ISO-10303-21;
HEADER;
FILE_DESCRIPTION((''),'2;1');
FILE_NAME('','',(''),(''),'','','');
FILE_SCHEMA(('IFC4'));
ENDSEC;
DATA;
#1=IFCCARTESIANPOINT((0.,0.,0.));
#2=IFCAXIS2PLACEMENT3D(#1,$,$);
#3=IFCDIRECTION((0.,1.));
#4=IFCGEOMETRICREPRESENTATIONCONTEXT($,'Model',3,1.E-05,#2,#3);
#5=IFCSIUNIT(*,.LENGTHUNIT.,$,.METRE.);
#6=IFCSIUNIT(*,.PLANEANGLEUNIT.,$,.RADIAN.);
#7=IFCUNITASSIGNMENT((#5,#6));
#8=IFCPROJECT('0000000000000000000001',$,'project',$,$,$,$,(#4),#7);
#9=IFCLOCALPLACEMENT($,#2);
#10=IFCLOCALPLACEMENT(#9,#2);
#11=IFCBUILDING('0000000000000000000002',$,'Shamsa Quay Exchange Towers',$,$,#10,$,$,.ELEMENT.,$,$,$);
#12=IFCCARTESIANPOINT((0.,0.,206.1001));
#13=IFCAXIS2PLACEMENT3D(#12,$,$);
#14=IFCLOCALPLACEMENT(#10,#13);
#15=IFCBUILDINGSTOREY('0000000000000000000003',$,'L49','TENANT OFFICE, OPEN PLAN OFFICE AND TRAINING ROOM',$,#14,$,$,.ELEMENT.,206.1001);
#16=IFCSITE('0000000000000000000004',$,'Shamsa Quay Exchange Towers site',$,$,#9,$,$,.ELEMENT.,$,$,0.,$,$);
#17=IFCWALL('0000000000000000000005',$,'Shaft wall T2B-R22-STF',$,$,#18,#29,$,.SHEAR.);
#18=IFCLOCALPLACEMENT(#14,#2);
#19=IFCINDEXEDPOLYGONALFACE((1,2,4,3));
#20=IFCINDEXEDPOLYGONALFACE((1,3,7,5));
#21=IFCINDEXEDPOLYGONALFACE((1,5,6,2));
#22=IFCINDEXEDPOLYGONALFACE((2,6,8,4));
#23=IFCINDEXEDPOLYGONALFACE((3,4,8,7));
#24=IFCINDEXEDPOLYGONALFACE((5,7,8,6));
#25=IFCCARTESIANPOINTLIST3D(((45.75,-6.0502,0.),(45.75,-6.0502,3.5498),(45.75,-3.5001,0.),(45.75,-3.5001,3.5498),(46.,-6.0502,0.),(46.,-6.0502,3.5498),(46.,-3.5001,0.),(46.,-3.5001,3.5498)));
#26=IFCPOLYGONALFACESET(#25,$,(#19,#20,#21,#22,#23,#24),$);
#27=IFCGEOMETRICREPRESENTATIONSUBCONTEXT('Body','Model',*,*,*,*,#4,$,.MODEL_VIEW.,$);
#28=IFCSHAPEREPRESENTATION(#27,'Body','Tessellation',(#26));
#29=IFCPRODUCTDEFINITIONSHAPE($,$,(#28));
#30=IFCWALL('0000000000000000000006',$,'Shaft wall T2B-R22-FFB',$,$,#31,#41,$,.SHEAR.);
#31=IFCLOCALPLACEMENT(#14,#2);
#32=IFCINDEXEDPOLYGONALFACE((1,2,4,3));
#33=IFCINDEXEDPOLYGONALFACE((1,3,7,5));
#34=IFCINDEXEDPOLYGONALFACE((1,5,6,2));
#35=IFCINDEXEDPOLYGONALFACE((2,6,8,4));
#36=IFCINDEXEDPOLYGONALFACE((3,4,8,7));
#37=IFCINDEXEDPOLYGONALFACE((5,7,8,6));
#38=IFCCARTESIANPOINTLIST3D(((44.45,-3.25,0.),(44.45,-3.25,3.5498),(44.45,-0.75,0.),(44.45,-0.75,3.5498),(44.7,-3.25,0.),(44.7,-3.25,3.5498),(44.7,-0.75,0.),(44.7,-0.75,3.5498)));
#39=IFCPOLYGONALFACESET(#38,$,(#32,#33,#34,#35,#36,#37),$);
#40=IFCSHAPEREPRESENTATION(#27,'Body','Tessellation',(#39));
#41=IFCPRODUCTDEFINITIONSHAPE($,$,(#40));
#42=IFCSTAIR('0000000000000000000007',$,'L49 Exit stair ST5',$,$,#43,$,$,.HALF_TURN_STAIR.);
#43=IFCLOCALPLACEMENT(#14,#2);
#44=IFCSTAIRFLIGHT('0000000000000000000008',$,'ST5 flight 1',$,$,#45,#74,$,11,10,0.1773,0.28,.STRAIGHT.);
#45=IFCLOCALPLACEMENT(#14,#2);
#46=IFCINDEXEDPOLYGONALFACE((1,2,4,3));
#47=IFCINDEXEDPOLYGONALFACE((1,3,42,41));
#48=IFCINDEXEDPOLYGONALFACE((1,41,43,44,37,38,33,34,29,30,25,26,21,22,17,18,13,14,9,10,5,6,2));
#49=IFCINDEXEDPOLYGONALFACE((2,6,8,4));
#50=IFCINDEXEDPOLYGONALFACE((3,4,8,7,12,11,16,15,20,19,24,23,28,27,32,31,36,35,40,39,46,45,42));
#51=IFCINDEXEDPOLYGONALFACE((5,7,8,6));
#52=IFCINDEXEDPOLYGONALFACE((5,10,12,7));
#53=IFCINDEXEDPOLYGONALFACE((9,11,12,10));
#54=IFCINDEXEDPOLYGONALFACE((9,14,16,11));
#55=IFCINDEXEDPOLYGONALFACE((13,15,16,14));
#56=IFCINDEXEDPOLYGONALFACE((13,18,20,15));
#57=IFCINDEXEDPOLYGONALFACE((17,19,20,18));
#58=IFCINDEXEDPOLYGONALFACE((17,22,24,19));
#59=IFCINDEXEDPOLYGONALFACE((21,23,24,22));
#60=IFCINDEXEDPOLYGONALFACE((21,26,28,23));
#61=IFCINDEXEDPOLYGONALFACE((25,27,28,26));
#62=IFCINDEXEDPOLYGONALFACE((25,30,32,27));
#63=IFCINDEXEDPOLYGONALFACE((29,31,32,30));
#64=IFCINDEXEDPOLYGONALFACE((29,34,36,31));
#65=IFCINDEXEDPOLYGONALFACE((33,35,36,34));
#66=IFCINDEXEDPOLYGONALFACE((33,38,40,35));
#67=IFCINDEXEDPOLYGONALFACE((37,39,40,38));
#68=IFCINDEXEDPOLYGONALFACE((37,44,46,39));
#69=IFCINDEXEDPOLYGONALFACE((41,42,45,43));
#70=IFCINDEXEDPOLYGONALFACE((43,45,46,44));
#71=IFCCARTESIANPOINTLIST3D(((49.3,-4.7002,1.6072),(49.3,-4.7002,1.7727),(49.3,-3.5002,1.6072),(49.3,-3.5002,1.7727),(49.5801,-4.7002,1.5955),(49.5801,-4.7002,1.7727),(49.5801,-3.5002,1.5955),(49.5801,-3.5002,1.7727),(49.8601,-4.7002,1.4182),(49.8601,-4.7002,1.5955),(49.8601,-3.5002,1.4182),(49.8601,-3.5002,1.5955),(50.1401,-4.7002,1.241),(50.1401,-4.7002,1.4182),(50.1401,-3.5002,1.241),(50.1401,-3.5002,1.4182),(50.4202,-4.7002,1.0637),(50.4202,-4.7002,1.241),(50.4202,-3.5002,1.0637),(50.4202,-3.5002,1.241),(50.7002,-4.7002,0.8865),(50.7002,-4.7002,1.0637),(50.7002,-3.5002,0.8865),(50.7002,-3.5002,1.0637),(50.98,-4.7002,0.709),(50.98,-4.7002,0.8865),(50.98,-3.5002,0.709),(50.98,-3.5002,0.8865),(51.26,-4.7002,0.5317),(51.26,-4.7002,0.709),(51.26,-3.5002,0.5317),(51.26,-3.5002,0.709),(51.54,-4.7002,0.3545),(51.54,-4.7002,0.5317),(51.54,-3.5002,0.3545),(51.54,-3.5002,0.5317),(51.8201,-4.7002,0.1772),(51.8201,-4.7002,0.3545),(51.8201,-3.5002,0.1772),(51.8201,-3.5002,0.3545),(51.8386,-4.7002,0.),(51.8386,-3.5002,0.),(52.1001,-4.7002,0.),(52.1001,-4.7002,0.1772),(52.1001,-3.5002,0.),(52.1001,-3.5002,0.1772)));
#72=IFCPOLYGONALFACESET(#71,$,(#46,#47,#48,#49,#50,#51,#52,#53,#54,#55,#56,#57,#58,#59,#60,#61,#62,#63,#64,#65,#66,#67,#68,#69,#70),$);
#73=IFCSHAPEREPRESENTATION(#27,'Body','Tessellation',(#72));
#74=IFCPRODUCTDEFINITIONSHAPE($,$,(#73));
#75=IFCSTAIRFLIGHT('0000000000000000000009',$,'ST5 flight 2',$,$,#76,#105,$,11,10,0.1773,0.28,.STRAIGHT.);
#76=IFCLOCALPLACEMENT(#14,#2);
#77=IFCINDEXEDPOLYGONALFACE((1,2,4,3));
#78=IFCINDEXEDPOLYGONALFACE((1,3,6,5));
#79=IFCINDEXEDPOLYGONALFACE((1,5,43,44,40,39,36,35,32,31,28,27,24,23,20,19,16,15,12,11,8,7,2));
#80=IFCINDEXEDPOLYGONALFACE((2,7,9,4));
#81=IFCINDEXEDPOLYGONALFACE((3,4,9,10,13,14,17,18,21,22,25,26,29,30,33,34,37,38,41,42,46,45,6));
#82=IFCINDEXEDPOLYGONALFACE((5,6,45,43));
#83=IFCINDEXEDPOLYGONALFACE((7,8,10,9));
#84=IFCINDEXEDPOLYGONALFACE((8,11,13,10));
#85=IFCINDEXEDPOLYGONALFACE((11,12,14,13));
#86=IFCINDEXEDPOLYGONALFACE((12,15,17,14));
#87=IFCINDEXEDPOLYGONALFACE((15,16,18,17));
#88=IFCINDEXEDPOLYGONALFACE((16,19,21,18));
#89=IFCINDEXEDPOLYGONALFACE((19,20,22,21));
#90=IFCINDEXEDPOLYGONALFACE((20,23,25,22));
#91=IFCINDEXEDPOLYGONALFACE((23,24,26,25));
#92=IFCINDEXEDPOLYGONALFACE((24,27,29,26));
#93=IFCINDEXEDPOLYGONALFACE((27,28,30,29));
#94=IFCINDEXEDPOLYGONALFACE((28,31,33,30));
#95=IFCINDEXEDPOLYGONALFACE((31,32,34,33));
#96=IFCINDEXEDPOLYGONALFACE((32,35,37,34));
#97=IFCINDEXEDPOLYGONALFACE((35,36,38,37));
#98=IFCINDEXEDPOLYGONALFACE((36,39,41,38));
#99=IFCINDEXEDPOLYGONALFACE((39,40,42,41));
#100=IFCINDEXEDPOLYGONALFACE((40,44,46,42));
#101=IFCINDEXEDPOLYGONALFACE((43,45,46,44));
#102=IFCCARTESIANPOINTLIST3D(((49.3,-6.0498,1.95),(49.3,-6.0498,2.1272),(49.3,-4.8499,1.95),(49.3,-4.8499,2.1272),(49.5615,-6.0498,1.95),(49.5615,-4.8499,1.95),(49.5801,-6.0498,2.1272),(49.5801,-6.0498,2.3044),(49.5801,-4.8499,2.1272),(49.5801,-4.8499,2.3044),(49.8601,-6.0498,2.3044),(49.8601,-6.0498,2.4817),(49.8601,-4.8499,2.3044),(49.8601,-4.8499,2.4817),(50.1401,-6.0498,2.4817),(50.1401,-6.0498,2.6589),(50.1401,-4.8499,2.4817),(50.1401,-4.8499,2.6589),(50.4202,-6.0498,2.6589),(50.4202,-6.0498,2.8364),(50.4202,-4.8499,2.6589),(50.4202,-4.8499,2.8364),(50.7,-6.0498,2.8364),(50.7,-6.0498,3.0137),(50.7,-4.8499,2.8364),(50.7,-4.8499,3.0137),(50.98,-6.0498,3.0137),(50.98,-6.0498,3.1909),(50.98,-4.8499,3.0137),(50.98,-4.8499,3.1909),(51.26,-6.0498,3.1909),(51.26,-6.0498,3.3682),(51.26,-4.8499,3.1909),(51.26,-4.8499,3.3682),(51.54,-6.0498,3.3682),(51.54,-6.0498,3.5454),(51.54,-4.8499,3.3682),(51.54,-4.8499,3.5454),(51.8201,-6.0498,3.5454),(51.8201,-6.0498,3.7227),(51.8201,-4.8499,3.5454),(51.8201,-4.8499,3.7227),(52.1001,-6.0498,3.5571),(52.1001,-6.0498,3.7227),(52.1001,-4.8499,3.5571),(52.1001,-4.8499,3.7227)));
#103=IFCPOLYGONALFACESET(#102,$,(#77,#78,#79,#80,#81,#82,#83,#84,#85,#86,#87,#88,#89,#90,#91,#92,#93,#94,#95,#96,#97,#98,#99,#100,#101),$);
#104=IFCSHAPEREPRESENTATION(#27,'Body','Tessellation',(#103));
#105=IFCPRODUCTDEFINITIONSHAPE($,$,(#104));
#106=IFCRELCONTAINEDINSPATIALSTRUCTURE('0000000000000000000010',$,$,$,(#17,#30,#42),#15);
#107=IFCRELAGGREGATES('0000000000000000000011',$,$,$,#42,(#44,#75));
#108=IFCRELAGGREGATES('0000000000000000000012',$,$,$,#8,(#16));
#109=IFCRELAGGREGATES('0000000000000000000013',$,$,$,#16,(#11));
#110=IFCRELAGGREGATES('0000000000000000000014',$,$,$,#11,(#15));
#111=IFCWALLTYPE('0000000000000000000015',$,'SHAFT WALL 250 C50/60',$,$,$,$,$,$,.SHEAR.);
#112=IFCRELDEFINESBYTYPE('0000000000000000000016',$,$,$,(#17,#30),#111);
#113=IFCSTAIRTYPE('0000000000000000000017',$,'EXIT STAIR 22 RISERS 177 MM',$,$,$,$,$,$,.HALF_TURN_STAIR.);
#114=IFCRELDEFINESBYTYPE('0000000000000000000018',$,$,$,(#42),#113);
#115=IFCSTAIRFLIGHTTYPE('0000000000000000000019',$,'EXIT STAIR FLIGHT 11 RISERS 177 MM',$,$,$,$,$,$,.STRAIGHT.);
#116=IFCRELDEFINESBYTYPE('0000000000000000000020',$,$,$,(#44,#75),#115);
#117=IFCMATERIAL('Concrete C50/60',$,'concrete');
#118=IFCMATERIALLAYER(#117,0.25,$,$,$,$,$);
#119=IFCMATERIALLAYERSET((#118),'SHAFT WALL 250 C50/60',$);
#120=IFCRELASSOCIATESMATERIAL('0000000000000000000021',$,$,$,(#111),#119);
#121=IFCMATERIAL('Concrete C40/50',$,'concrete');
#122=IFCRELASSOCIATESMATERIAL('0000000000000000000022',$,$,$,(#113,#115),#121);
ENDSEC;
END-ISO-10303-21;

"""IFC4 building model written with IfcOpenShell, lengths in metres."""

from ifc_helpers import new_model, si_unit, direction, frame, frame_2d, origin, place, context, subcontext, project, spatial, polyline, rectangle, outline, extrude, material, layer, layer_set, type_object, element, aggregate, save


model = new_model("IFC4")

# Units and contexts
model_context = context("Model", 3, precision=1e-05, world=origin(), true_north=direction((0.0, 1.0)))
body_context = subcontext(model_context, "Body", "Model", "MODEL_VIEW")
ifc_project = project(units=[si_unit("LENGTHUNIT", "METRE"), si_unit("PLANEANGLEUNIT", "RADIAN")], contexts=[model_context])

# Site, building, storey
site_placement = place(None, origin())
site = spatial("IfcSite", under=ifc_project, at=site_placement, Name="Shamsa Quay Exchange Towers site", CompositionType="ELEMENT", RefElevation=0.0)
building_placement = place(site_placement, origin())
building = spatial("IfcBuilding", under=site, at=building_placement, Name="Shamsa Quay Exchange Towers", CompositionType="ELEMENT")
storey_placement = place(building_placement, frame((0.0, 0.0, 206.1001)))
storey = spatial("IfcBuildingStorey", under=building, at=storey_placement, Name="L49", Description="TENANT OFFICE, OPEN PLAN OFFICE AND TRAINING ROOM", CompositionType="ELEMENT", Elevation=206.1001)

# Shared definitions
ifc_material_1 = material(Name="Concrete C50/60", Category="concrete")
ifc_layer_1 = layer(ifc_material_1, 0.25)
ifc_layer_set_1 = layer_set([ifc_layer_1], Name="SHAFT WALL 250 C50/60")
wall_type_1 = type_object("IfcWallType", Name="SHAFT WALL 250 C50/60", PredefinedType="SHEAR", material=ifc_layer_set_1)

# Walls
wall_1_placement = place(storey_placement, frame((45.875, -6.05, 0.0), z_axis=(0.0, 0.0, 1.0), x_axis=(0.0, 1.0, 0.0)))
element("IfcWall", 1, at=wall_1_placement, inside=storey, type_object=wall_type_1, Name="Shaft wall T2B-R22-STF", PredefinedType="SHEAR", context=body_context, shape_type="SweptSolid", body=[
    extrude(rectangle(XDim=2.55, YDim=0.25, at=frame_2d((1.2749, 0.0))), origin(), (0.0, 0.0, 1.0), 3.5498),
])
wall_2_placement = place(storey_placement, frame((44.575, -3.25, 0.0), z_axis=(0.0, 0.0, 1.0), x_axis=(0.0, 1.0, 0.0)))
element("IfcWall", 2, at=wall_2_placement, inside=storey, type_object=wall_type_1, Name="Shaft wall T2B-R22-FFB", PredefinedType="SHEAR", context=body_context, shape_type="SweptSolid", body=[
    extrude(rectangle(XDim=2.5, YDim=0.25, at=frame_2d((1.25, 0.0))), origin(), (0.0, 0.0, 1.0), 3.5498),
])

# Stair, stair flights
ifc_material_2 = material(Name="Concrete C40/50", Category="concrete")
stair_type = type_object("IfcStairType", Name="EXIT STAIR 22 RISERS 177 MM", PredefinedType="HALF_TURN_STAIR", material=ifc_material_2)
stair_placement = place(storey_placement, origin())
stair = element("IfcStair", 3, at=stair_placement, inside=storey, type_object=stair_type, Name="L49 Exit stair ST5", PredefinedType="HALF_TURN_STAIR")
stair_flight_type = type_object("IfcStairFlightType", Name="EXIT STAIR FLIGHT 11 RISERS 177 MM", PredefinedType="STRAIGHT", material=ifc_material_2)
stair_flight_1_placement = place(storey_placement, frame((52.1001, -4.1001, 0.0), z_axis=(0.0, 0.0, 1.0), x_axis=(-1.0, 0.0, 0.0)))
stair_flight_1 = element("IfcStairFlight", 4, at=stair_flight_1_placement, type_object=stair_flight_type, Name="ST5 flight 1", NumberOfRisers=11, NumberOfTreads=10, PredefinedType="STRAIGHT", RiserHeight=0.1773, TreadLength=0.28, context=body_context, shape_type="SweptSolid", body=[
    extrude(outline(polyline([(0.0, 0.0), (0.0, 0.1772), (0.28, 0.1772), (0.28, 0.3545), (0.5601, 0.3545), (0.5601, 0.5317), (0.8401, 0.5317), (0.8401, 0.709), (1.1201, 0.709), (1.1201, 0.8865), (1.3999, 0.8865), (1.3999, 1.0637), (1.6799, 1.0637), (1.6799, 1.241), (1.96, 1.241), (1.96, 1.4182), (2.24, 1.4182), (2.24, 1.5955), (2.52, 1.5955), (2.52, 1.7727), (2.8, 1.7727), (2.8, 1.95), (2.8, 1.6072), (0.2615, 0.0), (0.0, 0.0)])), frame((0.0, 0.6001, 0.0), z_axis=(0.0, -1.0, 0.0), x_axis=(1.0, 0.0, 0.0)), (0.0, 0.0, 1.0), 1.2),
])
stair_flight_2_placement = place(storey_placement, frame((49.3, -5.45, 1.95)))
stair_flight_2 = element("IfcStairFlight", 5, at=stair_flight_2_placement, type_object=stair_flight_type, Name="ST5 flight 2", NumberOfRisers=11, NumberOfTreads=10, PredefinedType="STRAIGHT", RiserHeight=0.1773, TreadLength=0.28, context=body_context, shape_type="SweptSolid", body=[
    extrude(outline(polyline([(0.0, 0.0), (0.0, 0.1772), (0.28, 0.1772), (0.28, 0.3545), (0.5601, 0.3545), (0.5601, 0.5317), (0.8401, 0.5317), (0.8401, 0.709), (1.1201, 0.709), (1.1201, 0.8865), (1.3999, 0.8865), (1.3999, 1.0637), (1.6799, 1.0637), (1.6799, 1.241), (1.96, 1.241), (1.96, 1.4182), (2.24, 1.4182), (2.24, 1.5955), (2.52, 1.5955), (2.52, 1.7727), (2.8, 1.7727), (2.8, 1.95), (2.8, 1.6072), (0.2615, 0.0), (0.0, 0.0)])), frame((0.0, 0.6001, 0.0), z_axis=(0.0, -1.0, 0.0), x_axis=(1.0, 0.0, 0.0)), (0.0, 0.0, 1.0), 1.2),
])
aggregate(stair, [stair_flight_1, stair_flight_2])

save(model, "model.ifc")
